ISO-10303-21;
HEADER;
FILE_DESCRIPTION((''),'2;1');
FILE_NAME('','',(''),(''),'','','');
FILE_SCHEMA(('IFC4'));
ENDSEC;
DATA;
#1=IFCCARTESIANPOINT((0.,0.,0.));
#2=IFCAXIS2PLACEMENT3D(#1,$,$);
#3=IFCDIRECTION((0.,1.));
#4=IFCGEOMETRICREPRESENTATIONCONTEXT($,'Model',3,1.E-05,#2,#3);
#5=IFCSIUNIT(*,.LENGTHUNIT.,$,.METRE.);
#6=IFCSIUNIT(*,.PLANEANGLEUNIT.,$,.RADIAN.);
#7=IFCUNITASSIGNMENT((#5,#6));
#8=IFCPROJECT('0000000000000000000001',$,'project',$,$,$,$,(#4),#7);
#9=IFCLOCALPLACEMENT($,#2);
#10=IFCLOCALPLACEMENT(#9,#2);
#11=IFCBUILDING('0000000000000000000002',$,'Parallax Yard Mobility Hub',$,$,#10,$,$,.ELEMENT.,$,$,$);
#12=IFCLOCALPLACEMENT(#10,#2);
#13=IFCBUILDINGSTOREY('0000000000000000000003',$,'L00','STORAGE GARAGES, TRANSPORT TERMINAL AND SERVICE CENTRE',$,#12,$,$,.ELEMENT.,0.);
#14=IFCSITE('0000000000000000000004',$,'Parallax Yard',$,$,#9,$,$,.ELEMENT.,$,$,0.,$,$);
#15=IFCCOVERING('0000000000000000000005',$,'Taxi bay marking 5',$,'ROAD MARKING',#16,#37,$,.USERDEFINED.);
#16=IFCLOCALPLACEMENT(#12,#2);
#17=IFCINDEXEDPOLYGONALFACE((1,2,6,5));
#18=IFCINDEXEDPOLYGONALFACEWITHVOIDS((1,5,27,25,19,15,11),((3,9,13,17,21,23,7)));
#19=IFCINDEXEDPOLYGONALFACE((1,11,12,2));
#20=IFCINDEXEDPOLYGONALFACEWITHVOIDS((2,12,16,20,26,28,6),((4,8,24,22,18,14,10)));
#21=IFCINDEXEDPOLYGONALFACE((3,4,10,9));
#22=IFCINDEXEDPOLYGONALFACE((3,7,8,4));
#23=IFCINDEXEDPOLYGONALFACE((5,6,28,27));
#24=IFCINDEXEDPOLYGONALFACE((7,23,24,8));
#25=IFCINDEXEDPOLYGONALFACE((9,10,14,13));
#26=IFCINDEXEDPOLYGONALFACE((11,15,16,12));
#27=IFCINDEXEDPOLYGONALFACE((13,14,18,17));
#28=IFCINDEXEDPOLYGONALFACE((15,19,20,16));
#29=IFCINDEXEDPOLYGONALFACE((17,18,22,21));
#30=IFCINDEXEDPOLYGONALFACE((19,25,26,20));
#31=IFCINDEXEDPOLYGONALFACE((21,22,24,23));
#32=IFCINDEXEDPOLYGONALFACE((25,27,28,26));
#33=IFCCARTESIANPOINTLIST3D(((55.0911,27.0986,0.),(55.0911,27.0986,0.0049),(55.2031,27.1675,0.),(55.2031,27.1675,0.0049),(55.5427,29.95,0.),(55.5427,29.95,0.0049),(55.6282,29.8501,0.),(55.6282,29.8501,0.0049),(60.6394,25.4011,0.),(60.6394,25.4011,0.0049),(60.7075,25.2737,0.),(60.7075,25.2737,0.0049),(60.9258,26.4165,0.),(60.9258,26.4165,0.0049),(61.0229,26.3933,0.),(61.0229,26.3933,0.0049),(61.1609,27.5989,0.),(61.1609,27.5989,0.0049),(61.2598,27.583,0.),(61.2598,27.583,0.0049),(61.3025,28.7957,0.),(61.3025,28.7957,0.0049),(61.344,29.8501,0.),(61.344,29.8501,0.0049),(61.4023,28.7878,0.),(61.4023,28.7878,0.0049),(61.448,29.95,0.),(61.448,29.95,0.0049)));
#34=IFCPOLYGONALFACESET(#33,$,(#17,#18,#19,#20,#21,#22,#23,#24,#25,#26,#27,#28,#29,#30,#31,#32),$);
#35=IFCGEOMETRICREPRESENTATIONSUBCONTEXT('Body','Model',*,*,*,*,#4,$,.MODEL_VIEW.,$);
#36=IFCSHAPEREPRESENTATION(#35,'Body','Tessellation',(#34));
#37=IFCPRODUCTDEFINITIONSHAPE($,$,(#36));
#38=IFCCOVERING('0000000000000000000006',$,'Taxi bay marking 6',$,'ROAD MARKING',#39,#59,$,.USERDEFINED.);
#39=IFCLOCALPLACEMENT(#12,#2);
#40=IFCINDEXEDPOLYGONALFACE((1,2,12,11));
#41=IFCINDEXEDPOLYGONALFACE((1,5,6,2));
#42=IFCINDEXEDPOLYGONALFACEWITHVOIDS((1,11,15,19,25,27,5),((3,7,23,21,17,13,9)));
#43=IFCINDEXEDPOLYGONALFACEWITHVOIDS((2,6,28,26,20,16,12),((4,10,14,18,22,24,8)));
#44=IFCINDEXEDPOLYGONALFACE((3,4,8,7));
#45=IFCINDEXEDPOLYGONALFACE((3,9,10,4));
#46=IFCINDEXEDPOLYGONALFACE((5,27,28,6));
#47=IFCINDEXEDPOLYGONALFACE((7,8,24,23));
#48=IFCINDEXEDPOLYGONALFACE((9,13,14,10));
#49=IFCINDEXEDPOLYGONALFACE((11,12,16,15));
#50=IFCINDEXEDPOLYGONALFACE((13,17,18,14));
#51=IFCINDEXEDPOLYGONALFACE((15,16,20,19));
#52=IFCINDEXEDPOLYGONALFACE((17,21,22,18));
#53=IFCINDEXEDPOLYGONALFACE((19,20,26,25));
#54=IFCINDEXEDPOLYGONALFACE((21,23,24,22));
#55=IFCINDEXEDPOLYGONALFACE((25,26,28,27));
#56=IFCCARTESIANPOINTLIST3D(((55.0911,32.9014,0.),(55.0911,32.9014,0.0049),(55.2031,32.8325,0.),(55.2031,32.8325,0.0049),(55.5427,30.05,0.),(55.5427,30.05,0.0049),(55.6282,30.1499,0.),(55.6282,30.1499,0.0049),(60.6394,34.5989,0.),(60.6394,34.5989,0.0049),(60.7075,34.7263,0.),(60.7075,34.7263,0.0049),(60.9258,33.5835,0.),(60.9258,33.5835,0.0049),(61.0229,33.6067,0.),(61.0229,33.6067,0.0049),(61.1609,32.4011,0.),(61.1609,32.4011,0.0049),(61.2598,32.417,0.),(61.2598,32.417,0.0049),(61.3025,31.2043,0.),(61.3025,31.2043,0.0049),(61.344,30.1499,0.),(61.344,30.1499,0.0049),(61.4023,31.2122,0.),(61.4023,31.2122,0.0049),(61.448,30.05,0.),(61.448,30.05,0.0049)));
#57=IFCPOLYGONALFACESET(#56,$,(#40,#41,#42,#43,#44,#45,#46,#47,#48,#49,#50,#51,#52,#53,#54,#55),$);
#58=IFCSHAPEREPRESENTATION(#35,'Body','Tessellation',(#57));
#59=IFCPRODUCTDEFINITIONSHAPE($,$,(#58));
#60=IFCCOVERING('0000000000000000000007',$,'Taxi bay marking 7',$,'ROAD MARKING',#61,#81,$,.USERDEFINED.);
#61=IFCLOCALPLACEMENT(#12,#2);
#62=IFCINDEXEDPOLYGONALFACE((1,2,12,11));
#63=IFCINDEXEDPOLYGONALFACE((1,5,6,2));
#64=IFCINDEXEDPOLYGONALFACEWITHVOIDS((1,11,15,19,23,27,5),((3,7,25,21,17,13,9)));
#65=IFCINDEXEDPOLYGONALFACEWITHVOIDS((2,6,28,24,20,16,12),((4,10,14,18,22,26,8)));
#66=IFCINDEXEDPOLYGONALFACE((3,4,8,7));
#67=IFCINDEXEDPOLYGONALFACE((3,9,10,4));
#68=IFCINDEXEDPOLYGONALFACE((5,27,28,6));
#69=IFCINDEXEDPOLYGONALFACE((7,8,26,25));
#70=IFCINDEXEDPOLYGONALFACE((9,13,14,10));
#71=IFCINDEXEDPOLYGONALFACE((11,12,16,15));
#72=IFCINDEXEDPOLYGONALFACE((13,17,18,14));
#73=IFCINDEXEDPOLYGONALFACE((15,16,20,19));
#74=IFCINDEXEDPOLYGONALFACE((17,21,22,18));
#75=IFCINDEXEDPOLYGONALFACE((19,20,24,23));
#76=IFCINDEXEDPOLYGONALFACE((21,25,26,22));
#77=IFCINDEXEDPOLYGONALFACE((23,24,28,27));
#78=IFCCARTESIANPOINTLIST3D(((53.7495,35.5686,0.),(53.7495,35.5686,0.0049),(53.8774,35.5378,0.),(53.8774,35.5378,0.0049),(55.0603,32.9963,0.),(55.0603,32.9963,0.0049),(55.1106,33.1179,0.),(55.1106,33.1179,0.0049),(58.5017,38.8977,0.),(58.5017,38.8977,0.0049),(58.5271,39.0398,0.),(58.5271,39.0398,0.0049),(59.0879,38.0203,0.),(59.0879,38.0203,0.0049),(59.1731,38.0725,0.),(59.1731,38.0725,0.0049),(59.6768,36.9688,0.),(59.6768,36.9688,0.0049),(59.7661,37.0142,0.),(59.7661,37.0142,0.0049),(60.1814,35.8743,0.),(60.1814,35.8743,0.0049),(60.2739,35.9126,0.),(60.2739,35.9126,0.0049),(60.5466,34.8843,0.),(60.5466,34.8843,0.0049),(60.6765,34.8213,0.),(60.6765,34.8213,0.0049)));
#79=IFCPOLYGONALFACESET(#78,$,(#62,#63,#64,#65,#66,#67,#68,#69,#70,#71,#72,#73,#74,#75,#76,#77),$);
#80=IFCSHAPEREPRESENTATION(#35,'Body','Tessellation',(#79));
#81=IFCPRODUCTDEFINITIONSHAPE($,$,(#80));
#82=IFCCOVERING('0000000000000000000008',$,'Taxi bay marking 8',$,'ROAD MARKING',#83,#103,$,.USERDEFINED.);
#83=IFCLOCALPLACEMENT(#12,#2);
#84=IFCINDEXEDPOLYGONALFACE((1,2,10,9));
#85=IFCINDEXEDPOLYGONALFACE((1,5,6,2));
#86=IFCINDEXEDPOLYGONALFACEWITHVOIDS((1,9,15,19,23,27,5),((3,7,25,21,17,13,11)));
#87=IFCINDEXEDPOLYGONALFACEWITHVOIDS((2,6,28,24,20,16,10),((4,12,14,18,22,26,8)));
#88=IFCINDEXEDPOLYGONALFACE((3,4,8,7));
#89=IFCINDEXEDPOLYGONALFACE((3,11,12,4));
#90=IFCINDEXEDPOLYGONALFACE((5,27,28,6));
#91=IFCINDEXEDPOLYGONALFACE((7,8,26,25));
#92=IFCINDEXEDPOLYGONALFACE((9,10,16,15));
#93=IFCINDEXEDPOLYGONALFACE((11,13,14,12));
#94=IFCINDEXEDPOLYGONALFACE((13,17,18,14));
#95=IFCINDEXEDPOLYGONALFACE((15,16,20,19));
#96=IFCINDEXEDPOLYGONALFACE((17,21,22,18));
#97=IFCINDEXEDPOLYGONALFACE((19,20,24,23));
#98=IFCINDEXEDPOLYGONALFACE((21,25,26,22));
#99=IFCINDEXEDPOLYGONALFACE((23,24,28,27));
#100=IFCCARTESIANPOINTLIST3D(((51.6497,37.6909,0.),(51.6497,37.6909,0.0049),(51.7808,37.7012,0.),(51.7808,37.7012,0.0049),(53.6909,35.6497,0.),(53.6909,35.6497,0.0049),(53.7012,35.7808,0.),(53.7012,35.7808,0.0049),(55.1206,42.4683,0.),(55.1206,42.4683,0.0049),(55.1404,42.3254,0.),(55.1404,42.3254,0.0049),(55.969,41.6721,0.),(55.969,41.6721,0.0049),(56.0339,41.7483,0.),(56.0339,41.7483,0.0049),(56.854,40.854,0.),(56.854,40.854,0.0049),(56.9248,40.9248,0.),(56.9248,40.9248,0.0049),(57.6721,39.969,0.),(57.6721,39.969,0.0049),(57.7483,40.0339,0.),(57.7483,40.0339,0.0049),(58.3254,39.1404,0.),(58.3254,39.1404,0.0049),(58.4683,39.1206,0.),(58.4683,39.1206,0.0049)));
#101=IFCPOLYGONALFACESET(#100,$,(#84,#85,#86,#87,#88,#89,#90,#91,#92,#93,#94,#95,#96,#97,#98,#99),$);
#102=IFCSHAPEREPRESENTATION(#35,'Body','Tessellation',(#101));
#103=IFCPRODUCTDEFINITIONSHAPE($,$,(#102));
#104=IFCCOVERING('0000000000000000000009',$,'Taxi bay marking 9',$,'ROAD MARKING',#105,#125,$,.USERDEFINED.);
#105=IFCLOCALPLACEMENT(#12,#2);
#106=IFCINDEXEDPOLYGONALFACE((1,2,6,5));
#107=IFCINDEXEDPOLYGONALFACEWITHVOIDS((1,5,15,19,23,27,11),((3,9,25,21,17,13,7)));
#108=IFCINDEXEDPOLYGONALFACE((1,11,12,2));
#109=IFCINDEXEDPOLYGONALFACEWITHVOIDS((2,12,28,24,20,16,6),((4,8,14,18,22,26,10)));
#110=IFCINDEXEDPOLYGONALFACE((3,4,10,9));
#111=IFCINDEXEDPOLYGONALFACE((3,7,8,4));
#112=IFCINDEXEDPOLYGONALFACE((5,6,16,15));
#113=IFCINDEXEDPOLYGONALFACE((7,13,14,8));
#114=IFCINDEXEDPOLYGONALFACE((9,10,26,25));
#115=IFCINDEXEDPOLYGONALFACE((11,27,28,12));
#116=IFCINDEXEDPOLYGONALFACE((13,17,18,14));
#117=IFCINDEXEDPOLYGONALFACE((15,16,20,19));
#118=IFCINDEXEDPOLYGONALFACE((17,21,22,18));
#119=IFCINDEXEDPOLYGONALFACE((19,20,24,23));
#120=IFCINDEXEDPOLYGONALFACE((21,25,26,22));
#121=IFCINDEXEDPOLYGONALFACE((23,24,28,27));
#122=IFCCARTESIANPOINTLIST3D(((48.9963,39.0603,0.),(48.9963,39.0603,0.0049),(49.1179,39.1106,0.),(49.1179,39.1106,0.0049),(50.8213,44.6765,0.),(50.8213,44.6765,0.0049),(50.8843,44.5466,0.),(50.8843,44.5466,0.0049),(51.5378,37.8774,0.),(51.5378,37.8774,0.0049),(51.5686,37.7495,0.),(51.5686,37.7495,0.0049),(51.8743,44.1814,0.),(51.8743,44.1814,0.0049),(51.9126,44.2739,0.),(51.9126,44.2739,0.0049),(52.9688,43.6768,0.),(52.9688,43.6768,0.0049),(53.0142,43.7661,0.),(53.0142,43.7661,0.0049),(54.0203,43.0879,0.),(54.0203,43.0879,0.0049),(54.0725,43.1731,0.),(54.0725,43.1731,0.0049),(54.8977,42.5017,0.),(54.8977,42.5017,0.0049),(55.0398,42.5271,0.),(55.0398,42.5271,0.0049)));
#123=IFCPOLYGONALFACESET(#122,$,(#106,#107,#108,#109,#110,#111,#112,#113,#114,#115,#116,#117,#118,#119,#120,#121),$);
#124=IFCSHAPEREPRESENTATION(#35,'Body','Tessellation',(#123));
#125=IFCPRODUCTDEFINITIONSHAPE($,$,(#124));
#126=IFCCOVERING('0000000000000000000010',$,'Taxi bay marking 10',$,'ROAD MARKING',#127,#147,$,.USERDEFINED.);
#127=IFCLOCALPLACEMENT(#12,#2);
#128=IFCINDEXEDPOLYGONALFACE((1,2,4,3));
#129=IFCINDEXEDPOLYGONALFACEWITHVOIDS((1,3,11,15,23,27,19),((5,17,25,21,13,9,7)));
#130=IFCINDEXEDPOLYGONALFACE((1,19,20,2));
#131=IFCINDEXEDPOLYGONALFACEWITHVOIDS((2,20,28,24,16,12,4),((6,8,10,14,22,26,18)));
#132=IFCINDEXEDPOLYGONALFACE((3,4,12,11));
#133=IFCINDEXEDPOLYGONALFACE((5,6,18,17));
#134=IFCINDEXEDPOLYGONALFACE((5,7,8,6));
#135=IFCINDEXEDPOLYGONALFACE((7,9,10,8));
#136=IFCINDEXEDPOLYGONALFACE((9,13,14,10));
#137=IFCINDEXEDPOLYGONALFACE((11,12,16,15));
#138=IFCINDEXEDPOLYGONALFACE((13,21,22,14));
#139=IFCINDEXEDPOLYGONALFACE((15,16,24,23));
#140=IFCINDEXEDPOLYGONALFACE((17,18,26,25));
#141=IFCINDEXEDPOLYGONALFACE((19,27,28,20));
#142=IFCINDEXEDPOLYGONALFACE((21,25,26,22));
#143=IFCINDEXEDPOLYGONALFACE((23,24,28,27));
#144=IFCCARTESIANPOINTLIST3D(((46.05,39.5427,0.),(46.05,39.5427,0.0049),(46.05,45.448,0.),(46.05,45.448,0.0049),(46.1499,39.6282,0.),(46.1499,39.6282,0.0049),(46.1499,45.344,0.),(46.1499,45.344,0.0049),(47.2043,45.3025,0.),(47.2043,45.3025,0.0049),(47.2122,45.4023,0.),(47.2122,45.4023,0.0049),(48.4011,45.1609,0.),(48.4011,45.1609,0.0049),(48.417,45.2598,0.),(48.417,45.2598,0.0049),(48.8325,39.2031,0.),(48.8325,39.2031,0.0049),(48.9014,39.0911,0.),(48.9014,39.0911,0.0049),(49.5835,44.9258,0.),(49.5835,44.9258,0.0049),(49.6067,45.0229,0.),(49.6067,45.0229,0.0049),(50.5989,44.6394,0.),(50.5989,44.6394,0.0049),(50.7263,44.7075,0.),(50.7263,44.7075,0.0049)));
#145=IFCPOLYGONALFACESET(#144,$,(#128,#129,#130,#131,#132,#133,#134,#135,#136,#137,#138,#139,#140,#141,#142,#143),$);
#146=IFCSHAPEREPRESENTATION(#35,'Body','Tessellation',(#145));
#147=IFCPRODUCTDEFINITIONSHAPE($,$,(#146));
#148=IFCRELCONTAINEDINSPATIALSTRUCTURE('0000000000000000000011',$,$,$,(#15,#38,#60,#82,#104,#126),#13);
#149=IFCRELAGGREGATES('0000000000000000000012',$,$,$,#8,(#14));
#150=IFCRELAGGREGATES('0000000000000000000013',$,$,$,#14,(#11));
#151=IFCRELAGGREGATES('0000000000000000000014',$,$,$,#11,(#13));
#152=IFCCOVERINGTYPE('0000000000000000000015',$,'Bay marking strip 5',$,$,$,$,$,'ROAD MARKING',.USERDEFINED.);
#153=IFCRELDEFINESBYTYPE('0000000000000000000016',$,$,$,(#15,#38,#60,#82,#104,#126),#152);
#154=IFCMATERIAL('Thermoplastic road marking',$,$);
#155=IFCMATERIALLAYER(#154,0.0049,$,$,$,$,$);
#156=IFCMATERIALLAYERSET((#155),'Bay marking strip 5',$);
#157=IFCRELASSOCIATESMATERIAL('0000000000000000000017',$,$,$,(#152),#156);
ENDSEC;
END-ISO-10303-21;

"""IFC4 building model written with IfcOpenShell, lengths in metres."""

from ifc_helpers import new_model, si_unit, direction, origin, place, context, subcontext, project, spatial, polyline, outline, extrude, material, layer, layer_set, type_object, element, save


model = new_model("IFC4")

# Units and contexts
model_context = context("Model", 3, precision=1e-05, world=origin(), true_north=direction((0.0, 1.0)))
body_context = subcontext(model_context, "Body", "Model", "MODEL_VIEW")
ifc_project = project(units=[si_unit("LENGTHUNIT", "METRE"), si_unit("PLANEANGLEUNIT", "RADIAN")], contexts=[model_context])

# Site, building, storey
site_placement = place(None, origin())
site = spatial("IfcSite", under=ifc_project, at=site_placement, Name="Parallax Yard", CompositionType="ELEMENT", RefElevation=0.0)
building_placement = place(site_placement, origin())
building = spatial("IfcBuilding", under=site, at=building_placement, Name="Parallax Yard Mobility Hub", CompositionType="ELEMENT")
storey_placement = place(building_placement, origin())
storey = spatial("IfcBuildingStorey", under=building, at=storey_placement, Name="L00", Description="STORAGE GARAGES, TRANSPORT TERMINAL AND SERVICE CENTRE", CompositionType="ELEMENT", Elevation=0.0)

# Coverings
ifc_material_1 = material(Name="Thermoplastic road marking")
ifc_layer_1 = layer(ifc_material_1, 0.0049)
ifc_layer_set_1 = layer_set([ifc_layer_1], Name="Bay marking strip 5")
covering_type = type_object("IfcCoveringType", Name="Bay marking strip 5", ElementType="ROAD MARKING", PredefinedType="USERDEFINED", material=ifc_layer_set_1)
covering_1_placement = place(storey_placement, origin())
element("IfcCovering", 1, at=covering_1_placement, inside=storey, type_object=covering_type, Name="Taxi bay marking 5", ObjectType="ROAD MARKING", PredefinedType="USERDEFINED", context=body_context, shape_type="SweptSolid", body=[
    extrude(outline(polyline([(55.0911, 27.0986), (55.5427, 29.95), (61.448, 29.95), (61.4023, 28.7878), (61.2598, 27.583), (61.0229, 26.3933), (60.7075, 25.2737), (55.0911, 27.0986)]), holes=[polyline([(55.2031, 27.1675), (55.6282, 29.8501), (61.344, 29.8501), (61.3025, 28.7957), (61.1609, 27.5989), (60.9258, 26.4165), (60.6394, 25.4011), (55.2031, 27.1675)])]), origin(), (0.0, 0.0, 1.0), 0.0049),
])
covering_2_placement = place(storey_placement, origin())
element("IfcCovering", 2, at=covering_2_placement, inside=storey, type_object=covering_type, Name="Taxi bay marking 6", ObjectType="ROAD MARKING", PredefinedType="USERDEFINED", context=body_context, shape_type="SweptSolid", body=[
    extrude(outline(polyline([(55.5427, 30.05), (55.0911, 32.9014), (60.7075, 34.7263), (61.0229, 33.6067), (61.2598, 32.417), (61.4023, 31.2122), (61.448, 30.05), (55.5427, 30.05)]), holes=[polyline([(55.6282, 30.1499), (55.2031, 32.8325), (60.6394, 34.5989), (60.9258, 33.5835), (61.1609, 32.4011), (61.3025, 31.2043), (61.344, 30.1499), (55.6282, 30.1499)])]), origin(), (0.0, 0.0, 1.0), 0.0049),
])
covering_3_placement = place(storey_placement, origin())
element("IfcCovering", 3, at=covering_3_placement, inside=storey, type_object=covering_type, Name="Taxi bay marking 7", ObjectType="ROAD MARKING", PredefinedType="USERDEFINED", context=body_context, shape_type="SweptSolid", body=[
    extrude(outline(polyline([(55.0603, 32.9963), (53.7495, 35.5686), (58.5271, 39.0398), (59.1731, 38.0725), (59.7661, 37.0142), (60.2739, 35.9126), (60.6765, 34.8213), (55.0603, 32.9963)]), holes=[polyline([(55.1106, 33.1179), (53.8774, 35.5378), (58.5017, 38.8977), (59.0879, 38.0203), (59.6768, 36.9688), (60.1814, 35.8743), (60.5466, 34.8843), (55.1106, 33.1179)])]), origin(), (0.0, 0.0, 1.0), 0.0049),
])
covering_4_placement = place(storey_placement, origin())
element("IfcCovering", 4, at=covering_4_placement, inside=storey, type_object=covering_type, Name="Taxi bay marking 8", ObjectType="ROAD MARKING", PredefinedType="USERDEFINED", context=body_context, shape_type="SweptSolid", body=[
    extrude(outline(polyline([(53.6909, 35.6497), (51.6497, 37.6909), (55.1206, 42.4683), (56.0339, 41.7483), (56.9248, 40.9248), (57.7483, 40.0339), (58.4683, 39.1206), (53.6909, 35.6497)]), holes=[polyline([(53.7012, 35.7808), (51.7808, 37.7012), (55.1404, 42.3254), (55.969, 41.6721), (56.854, 40.854), (57.6721, 39.969), (58.3254, 39.1404), (53.7012, 35.7808)])]), origin(), (0.0, 0.0, 1.0), 0.0049),
])
covering_5_placement = place(storey_placement, origin())
element("IfcCovering", 5, at=covering_5_placement, inside=storey, type_object=covering_type, Name="Taxi bay marking 9", ObjectType="ROAD MARKING", PredefinedType="USERDEFINED", context=body_context, shape_type="SweptSolid", body=[
    extrude(outline(polyline([(51.5686, 37.7495), (48.9963, 39.0603), (50.8213, 44.6765), (51.9126, 44.2739), (53.0142, 43.7661), (54.0725, 43.1731), (55.0398, 42.5271), (51.5686, 37.7495)]), holes=[polyline([(51.5378, 37.8774), (49.1179, 39.1106), (50.8843, 44.5466), (51.8743, 44.1814), (52.9688, 43.6768), (54.0203, 43.0879), (54.8977, 42.5017), (51.5378, 37.8774)])]), origin(), (0.0, 0.0, 1.0), 0.0049),
])
covering_6_placement = place(storey_placement, origin())
element("IfcCovering", 6, at=covering_6_placement, inside=storey, type_object=covering_type, Name="Taxi bay marking 10", ObjectType="ROAD MARKING", PredefinedType="USERDEFINED", context=body_context, shape_type="SweptSolid", body=[
    extrude(outline(polyline([(48.9014, 39.0911), (46.05, 39.5427), (46.05, 45.448), (47.2122, 45.4023), (48.417, 45.2598), (49.6067, 45.0229), (50.7263, 44.7075), (48.9014, 39.0911)]), holes=[polyline([(48.8325, 39.2031), (46.1499, 39.6282), (46.1499, 45.344), (47.2043, 45.3025), (48.4011, 45.1609), (49.5835, 44.9258), (50.5989, 44.6394), (48.8325, 39.2031)])]), origin(), (0.0, 0.0, 1.0), 0.0049),
])

save(model, "model.ifc")
